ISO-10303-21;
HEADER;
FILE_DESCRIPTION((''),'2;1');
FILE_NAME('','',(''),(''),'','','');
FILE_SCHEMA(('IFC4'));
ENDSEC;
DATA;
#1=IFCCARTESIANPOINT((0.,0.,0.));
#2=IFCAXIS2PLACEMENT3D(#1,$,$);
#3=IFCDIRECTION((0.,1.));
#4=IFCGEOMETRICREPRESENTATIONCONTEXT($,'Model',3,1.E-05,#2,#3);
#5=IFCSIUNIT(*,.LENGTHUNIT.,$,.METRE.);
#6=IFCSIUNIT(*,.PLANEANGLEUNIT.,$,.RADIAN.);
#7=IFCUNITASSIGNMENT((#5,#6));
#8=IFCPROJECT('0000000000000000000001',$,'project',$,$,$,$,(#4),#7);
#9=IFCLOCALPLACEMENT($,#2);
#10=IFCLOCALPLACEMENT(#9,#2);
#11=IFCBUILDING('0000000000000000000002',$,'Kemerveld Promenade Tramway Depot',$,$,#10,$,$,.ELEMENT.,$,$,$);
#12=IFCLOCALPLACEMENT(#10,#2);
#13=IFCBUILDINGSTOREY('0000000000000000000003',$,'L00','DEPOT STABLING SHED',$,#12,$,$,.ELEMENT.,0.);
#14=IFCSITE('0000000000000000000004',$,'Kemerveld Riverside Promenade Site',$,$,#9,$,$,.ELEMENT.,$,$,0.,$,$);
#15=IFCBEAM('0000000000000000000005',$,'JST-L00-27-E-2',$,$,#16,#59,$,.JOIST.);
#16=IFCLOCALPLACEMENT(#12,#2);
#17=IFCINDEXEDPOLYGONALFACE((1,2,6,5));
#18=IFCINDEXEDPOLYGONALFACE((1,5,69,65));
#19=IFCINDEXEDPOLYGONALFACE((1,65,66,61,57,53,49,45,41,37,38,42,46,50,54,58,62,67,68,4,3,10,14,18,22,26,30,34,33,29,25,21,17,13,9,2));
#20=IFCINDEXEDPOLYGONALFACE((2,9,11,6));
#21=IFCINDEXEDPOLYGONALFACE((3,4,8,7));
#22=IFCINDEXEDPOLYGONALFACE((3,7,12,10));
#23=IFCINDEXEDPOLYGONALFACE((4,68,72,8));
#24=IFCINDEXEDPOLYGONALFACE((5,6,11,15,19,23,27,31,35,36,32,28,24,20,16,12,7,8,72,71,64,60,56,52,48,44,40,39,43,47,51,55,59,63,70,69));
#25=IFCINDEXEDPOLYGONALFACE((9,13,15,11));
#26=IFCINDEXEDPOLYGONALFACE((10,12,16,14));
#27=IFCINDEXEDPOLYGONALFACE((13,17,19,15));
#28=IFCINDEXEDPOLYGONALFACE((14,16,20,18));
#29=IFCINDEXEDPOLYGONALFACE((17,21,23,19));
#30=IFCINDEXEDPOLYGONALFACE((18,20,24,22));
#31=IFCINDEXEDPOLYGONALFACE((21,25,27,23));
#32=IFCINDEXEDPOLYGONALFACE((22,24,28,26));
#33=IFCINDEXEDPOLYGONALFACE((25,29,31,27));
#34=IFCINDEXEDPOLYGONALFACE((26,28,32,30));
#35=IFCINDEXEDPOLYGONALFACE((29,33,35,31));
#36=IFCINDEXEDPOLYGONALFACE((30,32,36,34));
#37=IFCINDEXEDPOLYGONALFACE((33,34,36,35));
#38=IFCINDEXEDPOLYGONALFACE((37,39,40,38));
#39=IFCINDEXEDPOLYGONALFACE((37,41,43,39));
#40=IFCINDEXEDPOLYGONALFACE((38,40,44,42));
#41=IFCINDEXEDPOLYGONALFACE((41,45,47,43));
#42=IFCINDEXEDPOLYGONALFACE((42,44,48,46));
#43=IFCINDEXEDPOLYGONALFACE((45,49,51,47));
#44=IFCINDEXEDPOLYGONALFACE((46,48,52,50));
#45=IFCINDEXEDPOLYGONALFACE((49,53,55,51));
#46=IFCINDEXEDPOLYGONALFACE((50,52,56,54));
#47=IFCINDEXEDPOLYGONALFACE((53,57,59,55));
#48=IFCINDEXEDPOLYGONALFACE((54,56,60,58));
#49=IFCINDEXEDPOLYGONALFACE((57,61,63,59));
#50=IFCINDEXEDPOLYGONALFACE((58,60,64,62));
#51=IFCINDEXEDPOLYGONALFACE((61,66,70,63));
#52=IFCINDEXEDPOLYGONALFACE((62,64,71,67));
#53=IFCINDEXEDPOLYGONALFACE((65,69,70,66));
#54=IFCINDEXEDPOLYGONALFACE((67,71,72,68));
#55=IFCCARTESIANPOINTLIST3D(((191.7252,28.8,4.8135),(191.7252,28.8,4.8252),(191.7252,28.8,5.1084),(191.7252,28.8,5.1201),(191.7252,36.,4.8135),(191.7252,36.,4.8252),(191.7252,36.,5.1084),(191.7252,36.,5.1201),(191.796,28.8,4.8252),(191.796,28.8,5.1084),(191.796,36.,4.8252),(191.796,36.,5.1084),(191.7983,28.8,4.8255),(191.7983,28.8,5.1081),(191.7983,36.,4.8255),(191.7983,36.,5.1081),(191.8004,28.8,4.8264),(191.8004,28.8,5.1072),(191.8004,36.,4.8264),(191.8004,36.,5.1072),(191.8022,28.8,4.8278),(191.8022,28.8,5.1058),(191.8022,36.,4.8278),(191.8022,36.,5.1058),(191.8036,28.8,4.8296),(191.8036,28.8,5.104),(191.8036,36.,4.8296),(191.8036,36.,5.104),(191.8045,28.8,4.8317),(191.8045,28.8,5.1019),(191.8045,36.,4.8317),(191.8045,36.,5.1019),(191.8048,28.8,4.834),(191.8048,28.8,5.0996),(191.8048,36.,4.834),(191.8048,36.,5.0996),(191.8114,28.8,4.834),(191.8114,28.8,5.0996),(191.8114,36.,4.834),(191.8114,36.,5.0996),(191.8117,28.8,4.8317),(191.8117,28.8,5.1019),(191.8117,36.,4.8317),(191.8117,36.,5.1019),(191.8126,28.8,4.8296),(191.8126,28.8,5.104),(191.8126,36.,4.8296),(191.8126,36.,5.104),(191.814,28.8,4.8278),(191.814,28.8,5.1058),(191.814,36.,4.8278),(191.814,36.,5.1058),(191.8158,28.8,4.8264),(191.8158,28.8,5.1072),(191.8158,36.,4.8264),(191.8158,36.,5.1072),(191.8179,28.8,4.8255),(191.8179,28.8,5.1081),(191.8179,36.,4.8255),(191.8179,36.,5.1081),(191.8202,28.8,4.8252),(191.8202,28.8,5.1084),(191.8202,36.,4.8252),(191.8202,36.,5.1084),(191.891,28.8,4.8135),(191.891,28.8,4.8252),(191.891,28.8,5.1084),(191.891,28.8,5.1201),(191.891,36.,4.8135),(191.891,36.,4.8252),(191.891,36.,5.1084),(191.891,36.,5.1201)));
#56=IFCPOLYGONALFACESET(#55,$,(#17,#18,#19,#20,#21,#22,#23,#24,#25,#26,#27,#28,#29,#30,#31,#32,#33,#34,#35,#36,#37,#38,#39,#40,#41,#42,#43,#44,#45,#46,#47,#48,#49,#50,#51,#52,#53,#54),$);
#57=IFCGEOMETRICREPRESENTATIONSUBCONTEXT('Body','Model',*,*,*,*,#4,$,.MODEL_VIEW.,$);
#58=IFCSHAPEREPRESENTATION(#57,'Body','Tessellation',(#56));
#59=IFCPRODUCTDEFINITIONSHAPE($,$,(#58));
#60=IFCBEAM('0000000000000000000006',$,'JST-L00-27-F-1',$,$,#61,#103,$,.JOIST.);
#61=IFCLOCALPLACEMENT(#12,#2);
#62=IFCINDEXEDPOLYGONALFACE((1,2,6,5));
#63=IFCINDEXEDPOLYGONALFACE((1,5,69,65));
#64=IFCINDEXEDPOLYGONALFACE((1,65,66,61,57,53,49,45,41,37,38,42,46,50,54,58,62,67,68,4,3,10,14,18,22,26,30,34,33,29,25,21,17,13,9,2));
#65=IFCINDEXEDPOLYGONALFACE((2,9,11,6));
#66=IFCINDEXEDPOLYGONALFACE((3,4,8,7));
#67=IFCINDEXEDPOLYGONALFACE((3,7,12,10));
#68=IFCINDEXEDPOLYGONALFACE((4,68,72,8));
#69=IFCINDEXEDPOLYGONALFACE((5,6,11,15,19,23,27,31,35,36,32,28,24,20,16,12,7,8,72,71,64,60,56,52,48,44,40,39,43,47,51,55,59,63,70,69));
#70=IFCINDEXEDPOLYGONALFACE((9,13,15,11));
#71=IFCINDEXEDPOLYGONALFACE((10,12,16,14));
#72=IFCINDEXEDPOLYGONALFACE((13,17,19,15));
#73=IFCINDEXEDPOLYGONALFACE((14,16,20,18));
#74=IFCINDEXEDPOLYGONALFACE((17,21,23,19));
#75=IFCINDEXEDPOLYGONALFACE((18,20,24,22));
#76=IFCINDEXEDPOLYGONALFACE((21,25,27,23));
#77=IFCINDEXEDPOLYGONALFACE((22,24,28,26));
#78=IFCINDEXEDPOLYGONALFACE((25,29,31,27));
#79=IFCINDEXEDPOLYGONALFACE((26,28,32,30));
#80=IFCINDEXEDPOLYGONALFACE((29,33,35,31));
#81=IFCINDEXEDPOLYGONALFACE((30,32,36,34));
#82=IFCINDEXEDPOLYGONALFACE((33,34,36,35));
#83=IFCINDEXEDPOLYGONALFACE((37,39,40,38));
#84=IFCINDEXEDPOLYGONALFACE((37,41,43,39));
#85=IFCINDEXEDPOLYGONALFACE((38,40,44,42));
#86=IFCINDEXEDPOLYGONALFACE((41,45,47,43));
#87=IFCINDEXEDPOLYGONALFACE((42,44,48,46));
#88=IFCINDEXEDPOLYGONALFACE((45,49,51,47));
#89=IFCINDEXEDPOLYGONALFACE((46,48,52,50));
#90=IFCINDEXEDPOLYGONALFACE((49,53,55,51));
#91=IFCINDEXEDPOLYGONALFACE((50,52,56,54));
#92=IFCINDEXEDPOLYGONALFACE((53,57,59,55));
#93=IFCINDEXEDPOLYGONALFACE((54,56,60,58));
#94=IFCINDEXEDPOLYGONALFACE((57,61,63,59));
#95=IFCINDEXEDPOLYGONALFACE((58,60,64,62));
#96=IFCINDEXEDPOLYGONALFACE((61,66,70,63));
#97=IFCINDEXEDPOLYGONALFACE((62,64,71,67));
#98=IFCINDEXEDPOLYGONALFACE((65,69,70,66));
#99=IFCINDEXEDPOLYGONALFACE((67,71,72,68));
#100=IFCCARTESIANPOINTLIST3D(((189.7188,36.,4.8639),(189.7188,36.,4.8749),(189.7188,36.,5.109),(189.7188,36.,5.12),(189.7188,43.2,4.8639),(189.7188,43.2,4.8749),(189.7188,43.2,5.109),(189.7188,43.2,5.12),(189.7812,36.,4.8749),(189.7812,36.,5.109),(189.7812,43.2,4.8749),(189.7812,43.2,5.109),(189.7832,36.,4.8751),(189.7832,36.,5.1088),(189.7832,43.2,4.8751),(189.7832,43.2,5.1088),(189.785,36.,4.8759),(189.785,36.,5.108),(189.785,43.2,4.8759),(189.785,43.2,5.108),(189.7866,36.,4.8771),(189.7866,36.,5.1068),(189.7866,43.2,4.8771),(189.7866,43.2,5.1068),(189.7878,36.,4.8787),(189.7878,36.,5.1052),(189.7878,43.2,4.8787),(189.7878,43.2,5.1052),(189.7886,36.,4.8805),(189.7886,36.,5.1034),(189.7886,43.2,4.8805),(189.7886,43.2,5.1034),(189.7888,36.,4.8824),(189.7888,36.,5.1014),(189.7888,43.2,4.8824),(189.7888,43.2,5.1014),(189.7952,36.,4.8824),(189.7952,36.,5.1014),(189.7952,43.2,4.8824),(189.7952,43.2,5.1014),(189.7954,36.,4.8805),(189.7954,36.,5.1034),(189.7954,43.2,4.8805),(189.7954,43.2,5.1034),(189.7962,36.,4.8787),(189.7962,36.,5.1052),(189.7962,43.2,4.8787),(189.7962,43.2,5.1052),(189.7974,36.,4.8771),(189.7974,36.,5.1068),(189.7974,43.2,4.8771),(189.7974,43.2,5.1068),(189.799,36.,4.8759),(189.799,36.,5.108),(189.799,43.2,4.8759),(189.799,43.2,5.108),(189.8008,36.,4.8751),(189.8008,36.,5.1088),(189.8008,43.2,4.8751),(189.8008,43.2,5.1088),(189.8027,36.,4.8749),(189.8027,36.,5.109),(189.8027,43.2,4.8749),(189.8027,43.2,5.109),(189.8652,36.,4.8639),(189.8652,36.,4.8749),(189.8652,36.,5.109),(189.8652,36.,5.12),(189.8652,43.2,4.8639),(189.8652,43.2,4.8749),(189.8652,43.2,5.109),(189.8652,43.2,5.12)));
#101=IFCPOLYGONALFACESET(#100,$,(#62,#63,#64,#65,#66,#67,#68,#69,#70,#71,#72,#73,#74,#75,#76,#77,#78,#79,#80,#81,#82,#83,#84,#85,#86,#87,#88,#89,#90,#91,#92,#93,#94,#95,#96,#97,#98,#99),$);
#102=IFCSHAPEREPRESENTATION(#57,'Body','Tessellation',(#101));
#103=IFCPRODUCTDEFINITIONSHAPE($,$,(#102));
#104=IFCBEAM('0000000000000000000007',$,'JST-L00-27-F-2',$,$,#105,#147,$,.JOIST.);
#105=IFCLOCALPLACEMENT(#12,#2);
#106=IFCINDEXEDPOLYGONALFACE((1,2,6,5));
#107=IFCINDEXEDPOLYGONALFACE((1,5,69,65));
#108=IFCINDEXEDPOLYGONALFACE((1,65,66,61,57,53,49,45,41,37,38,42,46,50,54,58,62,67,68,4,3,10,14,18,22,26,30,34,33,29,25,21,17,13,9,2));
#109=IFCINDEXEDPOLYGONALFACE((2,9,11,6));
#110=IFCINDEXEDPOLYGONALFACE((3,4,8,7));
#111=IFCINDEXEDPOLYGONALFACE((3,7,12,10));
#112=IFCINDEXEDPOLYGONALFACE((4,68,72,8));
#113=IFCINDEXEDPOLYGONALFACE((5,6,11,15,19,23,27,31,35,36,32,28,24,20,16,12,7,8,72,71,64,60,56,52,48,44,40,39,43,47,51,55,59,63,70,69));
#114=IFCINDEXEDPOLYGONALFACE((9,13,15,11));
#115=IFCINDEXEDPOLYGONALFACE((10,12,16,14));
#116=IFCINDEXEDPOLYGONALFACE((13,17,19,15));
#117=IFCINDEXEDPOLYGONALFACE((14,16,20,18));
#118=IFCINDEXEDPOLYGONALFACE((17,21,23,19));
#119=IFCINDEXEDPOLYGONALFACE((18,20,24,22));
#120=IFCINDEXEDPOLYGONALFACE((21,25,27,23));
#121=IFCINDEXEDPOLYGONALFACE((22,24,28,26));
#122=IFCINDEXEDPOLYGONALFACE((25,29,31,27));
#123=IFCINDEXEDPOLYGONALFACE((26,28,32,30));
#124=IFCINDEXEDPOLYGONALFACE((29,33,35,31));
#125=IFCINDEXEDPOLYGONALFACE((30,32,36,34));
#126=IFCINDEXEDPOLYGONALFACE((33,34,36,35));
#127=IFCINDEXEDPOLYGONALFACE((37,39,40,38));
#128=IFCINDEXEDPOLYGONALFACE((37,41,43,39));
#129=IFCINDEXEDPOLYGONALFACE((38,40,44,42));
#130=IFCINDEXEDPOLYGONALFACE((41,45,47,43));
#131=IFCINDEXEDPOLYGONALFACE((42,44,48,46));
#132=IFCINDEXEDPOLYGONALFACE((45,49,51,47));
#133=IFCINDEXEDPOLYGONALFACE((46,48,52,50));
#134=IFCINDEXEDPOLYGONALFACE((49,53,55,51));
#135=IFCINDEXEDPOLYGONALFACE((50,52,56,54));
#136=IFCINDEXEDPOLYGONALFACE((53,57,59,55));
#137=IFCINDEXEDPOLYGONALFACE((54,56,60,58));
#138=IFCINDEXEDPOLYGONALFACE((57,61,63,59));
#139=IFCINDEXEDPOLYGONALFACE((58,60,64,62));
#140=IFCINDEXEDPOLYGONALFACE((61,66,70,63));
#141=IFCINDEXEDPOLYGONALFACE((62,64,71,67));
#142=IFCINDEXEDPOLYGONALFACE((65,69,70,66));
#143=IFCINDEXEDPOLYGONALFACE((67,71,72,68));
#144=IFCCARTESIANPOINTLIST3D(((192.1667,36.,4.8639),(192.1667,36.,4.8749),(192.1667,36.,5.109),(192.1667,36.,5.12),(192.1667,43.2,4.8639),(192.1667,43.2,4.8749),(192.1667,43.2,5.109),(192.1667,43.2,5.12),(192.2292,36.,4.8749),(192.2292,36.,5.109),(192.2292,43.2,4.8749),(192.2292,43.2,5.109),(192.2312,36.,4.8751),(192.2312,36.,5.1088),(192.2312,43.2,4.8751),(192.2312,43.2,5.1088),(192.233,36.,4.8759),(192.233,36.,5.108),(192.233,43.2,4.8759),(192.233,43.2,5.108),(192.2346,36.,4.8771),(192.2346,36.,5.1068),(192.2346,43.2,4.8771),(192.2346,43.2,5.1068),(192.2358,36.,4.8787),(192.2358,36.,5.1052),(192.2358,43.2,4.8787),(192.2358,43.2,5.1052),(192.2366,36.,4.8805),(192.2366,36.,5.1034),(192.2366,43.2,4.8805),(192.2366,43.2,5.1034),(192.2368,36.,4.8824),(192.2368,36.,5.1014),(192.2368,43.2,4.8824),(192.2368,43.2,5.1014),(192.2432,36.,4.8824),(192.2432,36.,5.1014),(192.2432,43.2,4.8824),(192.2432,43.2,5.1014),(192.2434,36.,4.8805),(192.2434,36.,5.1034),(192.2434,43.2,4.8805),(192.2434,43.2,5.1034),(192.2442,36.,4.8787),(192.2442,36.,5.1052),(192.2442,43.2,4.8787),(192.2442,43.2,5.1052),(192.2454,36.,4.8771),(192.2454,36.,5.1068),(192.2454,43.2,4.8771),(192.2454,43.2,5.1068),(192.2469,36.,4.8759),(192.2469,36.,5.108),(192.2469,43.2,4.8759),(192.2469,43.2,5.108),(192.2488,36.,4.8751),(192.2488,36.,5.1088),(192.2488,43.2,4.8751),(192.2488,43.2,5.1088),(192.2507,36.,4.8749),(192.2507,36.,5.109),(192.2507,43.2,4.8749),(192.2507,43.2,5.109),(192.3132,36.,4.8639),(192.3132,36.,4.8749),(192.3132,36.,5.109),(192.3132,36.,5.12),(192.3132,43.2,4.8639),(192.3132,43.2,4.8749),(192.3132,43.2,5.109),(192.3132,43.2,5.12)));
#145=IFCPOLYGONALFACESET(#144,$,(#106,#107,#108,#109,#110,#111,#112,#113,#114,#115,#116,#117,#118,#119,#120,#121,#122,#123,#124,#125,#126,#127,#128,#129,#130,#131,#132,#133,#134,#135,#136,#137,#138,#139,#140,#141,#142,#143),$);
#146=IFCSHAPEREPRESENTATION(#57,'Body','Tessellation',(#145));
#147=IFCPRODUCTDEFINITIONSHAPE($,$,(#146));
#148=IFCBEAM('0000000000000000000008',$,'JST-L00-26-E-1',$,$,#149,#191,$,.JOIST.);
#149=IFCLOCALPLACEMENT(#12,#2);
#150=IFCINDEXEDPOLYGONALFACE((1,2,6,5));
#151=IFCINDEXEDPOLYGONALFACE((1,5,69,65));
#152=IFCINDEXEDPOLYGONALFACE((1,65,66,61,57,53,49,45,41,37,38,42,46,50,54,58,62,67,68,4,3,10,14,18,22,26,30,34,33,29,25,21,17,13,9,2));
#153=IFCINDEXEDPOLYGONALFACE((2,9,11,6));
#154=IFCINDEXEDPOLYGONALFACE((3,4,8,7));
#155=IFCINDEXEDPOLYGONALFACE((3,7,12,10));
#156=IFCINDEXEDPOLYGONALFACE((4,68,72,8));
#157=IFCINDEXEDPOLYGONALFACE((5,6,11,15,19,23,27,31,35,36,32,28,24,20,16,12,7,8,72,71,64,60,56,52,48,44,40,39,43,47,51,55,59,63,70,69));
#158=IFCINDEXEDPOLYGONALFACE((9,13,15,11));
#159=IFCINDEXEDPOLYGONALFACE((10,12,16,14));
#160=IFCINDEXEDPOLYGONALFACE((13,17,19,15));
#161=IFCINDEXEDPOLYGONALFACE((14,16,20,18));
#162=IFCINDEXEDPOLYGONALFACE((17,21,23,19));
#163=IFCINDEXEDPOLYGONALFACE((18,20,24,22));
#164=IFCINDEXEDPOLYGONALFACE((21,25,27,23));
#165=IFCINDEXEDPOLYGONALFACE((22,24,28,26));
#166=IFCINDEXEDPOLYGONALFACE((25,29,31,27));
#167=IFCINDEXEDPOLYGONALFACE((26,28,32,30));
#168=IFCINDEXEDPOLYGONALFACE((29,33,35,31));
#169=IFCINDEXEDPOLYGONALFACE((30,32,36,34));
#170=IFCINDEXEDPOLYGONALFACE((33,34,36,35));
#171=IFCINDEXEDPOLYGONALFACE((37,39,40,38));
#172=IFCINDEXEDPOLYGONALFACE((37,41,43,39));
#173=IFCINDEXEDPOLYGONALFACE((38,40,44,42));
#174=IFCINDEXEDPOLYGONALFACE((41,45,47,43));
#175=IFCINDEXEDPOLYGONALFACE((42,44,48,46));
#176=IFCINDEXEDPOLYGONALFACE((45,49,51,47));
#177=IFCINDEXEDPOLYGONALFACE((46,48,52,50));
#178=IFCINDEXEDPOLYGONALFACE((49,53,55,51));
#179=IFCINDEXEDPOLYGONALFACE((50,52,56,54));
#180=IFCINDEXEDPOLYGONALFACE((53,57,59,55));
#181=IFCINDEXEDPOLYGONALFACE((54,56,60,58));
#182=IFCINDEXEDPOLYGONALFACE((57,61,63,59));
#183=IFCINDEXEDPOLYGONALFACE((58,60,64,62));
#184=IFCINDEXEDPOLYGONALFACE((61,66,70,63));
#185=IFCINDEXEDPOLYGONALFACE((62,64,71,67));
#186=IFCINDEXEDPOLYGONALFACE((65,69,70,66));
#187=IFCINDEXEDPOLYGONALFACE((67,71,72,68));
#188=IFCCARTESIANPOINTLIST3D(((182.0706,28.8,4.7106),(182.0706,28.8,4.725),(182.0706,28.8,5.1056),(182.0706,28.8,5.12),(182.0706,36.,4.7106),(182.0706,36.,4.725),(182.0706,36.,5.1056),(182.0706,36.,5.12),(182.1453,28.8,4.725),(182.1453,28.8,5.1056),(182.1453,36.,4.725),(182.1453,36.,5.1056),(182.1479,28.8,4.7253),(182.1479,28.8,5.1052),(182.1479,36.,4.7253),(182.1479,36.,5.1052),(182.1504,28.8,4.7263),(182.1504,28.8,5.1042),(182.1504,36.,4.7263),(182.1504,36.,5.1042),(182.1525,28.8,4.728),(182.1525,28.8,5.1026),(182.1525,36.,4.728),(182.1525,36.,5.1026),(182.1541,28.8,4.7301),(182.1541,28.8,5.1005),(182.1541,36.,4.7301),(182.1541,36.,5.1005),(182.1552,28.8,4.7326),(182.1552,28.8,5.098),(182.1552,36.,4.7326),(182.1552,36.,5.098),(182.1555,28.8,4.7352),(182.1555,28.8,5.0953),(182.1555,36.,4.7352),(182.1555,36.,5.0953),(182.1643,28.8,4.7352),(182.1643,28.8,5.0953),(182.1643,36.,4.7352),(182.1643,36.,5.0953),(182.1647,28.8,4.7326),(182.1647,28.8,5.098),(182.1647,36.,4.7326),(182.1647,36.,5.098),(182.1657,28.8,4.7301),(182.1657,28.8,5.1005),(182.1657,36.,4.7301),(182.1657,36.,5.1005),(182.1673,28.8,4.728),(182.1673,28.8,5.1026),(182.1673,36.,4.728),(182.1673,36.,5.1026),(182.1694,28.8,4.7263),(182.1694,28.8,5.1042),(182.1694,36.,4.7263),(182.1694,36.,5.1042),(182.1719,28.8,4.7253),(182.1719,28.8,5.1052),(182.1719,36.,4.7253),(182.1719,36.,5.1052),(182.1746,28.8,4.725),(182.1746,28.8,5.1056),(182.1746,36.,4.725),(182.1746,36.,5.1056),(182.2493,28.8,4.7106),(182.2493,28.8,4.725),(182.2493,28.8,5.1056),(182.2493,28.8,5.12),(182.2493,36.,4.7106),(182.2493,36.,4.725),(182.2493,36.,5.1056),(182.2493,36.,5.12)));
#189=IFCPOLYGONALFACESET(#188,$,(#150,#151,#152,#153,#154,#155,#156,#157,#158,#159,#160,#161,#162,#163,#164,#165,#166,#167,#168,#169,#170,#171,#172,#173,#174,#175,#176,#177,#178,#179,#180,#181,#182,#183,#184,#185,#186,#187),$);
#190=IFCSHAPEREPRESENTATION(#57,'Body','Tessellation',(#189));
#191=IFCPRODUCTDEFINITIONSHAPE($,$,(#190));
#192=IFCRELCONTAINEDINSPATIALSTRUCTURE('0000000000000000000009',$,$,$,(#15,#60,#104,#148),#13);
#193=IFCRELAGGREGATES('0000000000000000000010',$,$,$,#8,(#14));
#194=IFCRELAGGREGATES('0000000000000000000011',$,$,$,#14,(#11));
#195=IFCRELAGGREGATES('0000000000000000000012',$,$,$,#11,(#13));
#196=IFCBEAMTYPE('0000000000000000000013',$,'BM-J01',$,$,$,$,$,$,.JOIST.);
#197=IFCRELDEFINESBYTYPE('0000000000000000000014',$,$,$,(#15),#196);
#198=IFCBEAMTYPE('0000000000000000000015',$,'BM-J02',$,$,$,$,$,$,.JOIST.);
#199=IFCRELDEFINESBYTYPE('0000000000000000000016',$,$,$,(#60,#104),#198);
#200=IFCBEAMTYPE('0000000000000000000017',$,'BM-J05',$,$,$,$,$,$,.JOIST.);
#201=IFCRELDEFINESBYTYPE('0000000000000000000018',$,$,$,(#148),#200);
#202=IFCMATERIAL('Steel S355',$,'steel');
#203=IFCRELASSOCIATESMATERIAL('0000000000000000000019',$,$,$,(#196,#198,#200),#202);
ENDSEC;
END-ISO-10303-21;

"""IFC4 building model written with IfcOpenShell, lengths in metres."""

from ifc_helpers import new_model, si_unit, direction, frame, origin, origin_2d, place, context, subcontext, project, spatial, i_section, extrude, material, material_profile, profile_set, type_object, element, save


model = new_model("IFC4")

# Units and contexts
model_context = context("Model", 3, precision=1e-05, world=origin(), true_north=direction((0.0, 1.0)))
body_context = subcontext(model_context, "Body", "Model", "MODEL_VIEW")
ifc_project = project(units=[si_unit("LENGTHUNIT", "METRE"), si_unit("PLANEANGLEUNIT", "RADIAN")], contexts=[model_context])

# Site, building, storey
site_placement = place(None, origin())
site = spatial("IfcSite", under=ifc_project, at=site_placement, Name="Kemerveld Riverside Promenade Site", CompositionType="ELEMENT", RefElevation=0.0)
building_placement = place(site_placement, origin())
building = spatial("IfcBuilding", under=site, at=building_placement, Name="Kemerveld Promenade Tramway Depot", CompositionType="ELEMENT")
storey_placement = place(building_placement, origin())
storey = spatial("IfcBuildingStorey", under=building, at=storey_placement, Name="L00", Description="DEPOT STABLING SHED", CompositionType="ELEMENT", Elevation=0.0)

# Shared definitions
ifc_material_1 = material(Name="Steel S355", Category="steel")

# Beams
ifc_material_profile_1 = material_profile(ifc_material_1, i_section(OverallWidth=0.1658, OverallDepth=0.3066, WebThickness=0.0066, FlangeThickness=0.0117, FilletRadius=0.0088, at=origin_2d()), Name="305x165x46 UB")
ifc_profile_set_1 = profile_set([ifc_material_profile_1], Name="Steel S355")
beam_type_1 = type_object("IfcBeamType", Name="BM-J01", PredefinedType="JOIST", material=ifc_profile_set_1)
for number, where, z_axis, x_axis, name in (
    (1, (191.8081, 28.8, 4.9668), (0.0, 1.0, 0.0), (-1.0, 0.0, 0.0), "JST-L00-27-E-2"),
):
    element("IfcBeam", number, at=place(storey_placement, frame(where, z_axis=z_axis, x_axis=x_axis)), inside=storey, type_object=beam_type_1, Name=name, PredefinedType="JOIST", context=body_context, shape_type="SweptSolid", body=[
        extrude(i_section(OverallWidth=0.1658, OverallDepth=0.3066, WebThickness=0.0066, FlangeThickness=0.0117, FilletRadius=0.0088, at=origin_2d()), origin(), (0.0, 0.0, 1.0), 7.2),
    ])
ifc_material_profile_2 = material_profile(ifc_material_1, i_section(OverallWidth=0.1465, OverallDepth=0.2561, WebThickness=0.0063, FlangeThickness=0.011, FilletRadius=0.0076, at=origin_2d()), Name="254x146x37 UB")
ifc_profile_set_2 = profile_set([ifc_material_profile_2], Name="Steel S355")
beam_type_2 = type_object("IfcBeamType", Name="BM-J02", PredefinedType="JOIST", material=ifc_profile_set_2)
for number, where, z_axis, x_axis, name in (
    (2, (189.792, 36.0, 4.9919), (0.0, 1.0, 0.0), (-1.0, 0.0, 0.0), "JST-L00-27-F-1"),
    (3, (192.24, 36.0, 4.9919), (0.0, 1.0, 0.0), (-1.0, 0.0, 0.0), "JST-L00-27-F-2"),
):
    element("IfcBeam", number, at=place(storey_placement, frame(where, z_axis=z_axis, x_axis=x_axis)), inside=storey, type_object=beam_type_2, Name=name, PredefinedType="JOIST", context=body_context, shape_type="SweptSolid", body=[
        extrude(i_section(OverallWidth=0.1465, OverallDepth=0.2561, WebThickness=0.0063, FlangeThickness=0.011, FilletRadius=0.0076, at=origin_2d()), origin(), (0.0, 0.0, 1.0), 7.2),
    ])
ifc_material_profile_3 = material_profile(ifc_material_1, i_section(OverallWidth=0.1787, OverallDepth=0.4094, WebThickness=0.0088, FlangeThickness=0.0144, FilletRadius=0.0103, at=origin_2d()), Name="406x178x67 UB")
ifc_profile_set_3 = profile_set([ifc_material_profile_3], Name="Steel S355")
beam_type_3 = type_object("IfcBeamType", Name="BM-J05", PredefinedType="JOIST", material=ifc_profile_set_3)
for number, where, z_axis, x_axis, name in (
    (4, (182.1599, 28.8, 4.9153), (0.0, 1.0, 0.0), (-1.0, 0.0, 0.0), "JST-L00-26-E-1"),
):
    element("IfcBeam", number, at=place(storey_placement, frame(where, z_axis=z_axis, x_axis=x_axis)), inside=storey, type_object=beam_type_3, Name=name, PredefinedType="JOIST", context=body_context, shape_type="SweptSolid", body=[
        extrude(i_section(OverallWidth=0.1787, OverallDepth=0.4094, WebThickness=0.0088, FlangeThickness=0.0144, FilletRadius=0.0103, at=origin_2d()), origin(), (0.0, 0.0, 1.0), 7.2),
    ])

save(model, "model.ifc")
